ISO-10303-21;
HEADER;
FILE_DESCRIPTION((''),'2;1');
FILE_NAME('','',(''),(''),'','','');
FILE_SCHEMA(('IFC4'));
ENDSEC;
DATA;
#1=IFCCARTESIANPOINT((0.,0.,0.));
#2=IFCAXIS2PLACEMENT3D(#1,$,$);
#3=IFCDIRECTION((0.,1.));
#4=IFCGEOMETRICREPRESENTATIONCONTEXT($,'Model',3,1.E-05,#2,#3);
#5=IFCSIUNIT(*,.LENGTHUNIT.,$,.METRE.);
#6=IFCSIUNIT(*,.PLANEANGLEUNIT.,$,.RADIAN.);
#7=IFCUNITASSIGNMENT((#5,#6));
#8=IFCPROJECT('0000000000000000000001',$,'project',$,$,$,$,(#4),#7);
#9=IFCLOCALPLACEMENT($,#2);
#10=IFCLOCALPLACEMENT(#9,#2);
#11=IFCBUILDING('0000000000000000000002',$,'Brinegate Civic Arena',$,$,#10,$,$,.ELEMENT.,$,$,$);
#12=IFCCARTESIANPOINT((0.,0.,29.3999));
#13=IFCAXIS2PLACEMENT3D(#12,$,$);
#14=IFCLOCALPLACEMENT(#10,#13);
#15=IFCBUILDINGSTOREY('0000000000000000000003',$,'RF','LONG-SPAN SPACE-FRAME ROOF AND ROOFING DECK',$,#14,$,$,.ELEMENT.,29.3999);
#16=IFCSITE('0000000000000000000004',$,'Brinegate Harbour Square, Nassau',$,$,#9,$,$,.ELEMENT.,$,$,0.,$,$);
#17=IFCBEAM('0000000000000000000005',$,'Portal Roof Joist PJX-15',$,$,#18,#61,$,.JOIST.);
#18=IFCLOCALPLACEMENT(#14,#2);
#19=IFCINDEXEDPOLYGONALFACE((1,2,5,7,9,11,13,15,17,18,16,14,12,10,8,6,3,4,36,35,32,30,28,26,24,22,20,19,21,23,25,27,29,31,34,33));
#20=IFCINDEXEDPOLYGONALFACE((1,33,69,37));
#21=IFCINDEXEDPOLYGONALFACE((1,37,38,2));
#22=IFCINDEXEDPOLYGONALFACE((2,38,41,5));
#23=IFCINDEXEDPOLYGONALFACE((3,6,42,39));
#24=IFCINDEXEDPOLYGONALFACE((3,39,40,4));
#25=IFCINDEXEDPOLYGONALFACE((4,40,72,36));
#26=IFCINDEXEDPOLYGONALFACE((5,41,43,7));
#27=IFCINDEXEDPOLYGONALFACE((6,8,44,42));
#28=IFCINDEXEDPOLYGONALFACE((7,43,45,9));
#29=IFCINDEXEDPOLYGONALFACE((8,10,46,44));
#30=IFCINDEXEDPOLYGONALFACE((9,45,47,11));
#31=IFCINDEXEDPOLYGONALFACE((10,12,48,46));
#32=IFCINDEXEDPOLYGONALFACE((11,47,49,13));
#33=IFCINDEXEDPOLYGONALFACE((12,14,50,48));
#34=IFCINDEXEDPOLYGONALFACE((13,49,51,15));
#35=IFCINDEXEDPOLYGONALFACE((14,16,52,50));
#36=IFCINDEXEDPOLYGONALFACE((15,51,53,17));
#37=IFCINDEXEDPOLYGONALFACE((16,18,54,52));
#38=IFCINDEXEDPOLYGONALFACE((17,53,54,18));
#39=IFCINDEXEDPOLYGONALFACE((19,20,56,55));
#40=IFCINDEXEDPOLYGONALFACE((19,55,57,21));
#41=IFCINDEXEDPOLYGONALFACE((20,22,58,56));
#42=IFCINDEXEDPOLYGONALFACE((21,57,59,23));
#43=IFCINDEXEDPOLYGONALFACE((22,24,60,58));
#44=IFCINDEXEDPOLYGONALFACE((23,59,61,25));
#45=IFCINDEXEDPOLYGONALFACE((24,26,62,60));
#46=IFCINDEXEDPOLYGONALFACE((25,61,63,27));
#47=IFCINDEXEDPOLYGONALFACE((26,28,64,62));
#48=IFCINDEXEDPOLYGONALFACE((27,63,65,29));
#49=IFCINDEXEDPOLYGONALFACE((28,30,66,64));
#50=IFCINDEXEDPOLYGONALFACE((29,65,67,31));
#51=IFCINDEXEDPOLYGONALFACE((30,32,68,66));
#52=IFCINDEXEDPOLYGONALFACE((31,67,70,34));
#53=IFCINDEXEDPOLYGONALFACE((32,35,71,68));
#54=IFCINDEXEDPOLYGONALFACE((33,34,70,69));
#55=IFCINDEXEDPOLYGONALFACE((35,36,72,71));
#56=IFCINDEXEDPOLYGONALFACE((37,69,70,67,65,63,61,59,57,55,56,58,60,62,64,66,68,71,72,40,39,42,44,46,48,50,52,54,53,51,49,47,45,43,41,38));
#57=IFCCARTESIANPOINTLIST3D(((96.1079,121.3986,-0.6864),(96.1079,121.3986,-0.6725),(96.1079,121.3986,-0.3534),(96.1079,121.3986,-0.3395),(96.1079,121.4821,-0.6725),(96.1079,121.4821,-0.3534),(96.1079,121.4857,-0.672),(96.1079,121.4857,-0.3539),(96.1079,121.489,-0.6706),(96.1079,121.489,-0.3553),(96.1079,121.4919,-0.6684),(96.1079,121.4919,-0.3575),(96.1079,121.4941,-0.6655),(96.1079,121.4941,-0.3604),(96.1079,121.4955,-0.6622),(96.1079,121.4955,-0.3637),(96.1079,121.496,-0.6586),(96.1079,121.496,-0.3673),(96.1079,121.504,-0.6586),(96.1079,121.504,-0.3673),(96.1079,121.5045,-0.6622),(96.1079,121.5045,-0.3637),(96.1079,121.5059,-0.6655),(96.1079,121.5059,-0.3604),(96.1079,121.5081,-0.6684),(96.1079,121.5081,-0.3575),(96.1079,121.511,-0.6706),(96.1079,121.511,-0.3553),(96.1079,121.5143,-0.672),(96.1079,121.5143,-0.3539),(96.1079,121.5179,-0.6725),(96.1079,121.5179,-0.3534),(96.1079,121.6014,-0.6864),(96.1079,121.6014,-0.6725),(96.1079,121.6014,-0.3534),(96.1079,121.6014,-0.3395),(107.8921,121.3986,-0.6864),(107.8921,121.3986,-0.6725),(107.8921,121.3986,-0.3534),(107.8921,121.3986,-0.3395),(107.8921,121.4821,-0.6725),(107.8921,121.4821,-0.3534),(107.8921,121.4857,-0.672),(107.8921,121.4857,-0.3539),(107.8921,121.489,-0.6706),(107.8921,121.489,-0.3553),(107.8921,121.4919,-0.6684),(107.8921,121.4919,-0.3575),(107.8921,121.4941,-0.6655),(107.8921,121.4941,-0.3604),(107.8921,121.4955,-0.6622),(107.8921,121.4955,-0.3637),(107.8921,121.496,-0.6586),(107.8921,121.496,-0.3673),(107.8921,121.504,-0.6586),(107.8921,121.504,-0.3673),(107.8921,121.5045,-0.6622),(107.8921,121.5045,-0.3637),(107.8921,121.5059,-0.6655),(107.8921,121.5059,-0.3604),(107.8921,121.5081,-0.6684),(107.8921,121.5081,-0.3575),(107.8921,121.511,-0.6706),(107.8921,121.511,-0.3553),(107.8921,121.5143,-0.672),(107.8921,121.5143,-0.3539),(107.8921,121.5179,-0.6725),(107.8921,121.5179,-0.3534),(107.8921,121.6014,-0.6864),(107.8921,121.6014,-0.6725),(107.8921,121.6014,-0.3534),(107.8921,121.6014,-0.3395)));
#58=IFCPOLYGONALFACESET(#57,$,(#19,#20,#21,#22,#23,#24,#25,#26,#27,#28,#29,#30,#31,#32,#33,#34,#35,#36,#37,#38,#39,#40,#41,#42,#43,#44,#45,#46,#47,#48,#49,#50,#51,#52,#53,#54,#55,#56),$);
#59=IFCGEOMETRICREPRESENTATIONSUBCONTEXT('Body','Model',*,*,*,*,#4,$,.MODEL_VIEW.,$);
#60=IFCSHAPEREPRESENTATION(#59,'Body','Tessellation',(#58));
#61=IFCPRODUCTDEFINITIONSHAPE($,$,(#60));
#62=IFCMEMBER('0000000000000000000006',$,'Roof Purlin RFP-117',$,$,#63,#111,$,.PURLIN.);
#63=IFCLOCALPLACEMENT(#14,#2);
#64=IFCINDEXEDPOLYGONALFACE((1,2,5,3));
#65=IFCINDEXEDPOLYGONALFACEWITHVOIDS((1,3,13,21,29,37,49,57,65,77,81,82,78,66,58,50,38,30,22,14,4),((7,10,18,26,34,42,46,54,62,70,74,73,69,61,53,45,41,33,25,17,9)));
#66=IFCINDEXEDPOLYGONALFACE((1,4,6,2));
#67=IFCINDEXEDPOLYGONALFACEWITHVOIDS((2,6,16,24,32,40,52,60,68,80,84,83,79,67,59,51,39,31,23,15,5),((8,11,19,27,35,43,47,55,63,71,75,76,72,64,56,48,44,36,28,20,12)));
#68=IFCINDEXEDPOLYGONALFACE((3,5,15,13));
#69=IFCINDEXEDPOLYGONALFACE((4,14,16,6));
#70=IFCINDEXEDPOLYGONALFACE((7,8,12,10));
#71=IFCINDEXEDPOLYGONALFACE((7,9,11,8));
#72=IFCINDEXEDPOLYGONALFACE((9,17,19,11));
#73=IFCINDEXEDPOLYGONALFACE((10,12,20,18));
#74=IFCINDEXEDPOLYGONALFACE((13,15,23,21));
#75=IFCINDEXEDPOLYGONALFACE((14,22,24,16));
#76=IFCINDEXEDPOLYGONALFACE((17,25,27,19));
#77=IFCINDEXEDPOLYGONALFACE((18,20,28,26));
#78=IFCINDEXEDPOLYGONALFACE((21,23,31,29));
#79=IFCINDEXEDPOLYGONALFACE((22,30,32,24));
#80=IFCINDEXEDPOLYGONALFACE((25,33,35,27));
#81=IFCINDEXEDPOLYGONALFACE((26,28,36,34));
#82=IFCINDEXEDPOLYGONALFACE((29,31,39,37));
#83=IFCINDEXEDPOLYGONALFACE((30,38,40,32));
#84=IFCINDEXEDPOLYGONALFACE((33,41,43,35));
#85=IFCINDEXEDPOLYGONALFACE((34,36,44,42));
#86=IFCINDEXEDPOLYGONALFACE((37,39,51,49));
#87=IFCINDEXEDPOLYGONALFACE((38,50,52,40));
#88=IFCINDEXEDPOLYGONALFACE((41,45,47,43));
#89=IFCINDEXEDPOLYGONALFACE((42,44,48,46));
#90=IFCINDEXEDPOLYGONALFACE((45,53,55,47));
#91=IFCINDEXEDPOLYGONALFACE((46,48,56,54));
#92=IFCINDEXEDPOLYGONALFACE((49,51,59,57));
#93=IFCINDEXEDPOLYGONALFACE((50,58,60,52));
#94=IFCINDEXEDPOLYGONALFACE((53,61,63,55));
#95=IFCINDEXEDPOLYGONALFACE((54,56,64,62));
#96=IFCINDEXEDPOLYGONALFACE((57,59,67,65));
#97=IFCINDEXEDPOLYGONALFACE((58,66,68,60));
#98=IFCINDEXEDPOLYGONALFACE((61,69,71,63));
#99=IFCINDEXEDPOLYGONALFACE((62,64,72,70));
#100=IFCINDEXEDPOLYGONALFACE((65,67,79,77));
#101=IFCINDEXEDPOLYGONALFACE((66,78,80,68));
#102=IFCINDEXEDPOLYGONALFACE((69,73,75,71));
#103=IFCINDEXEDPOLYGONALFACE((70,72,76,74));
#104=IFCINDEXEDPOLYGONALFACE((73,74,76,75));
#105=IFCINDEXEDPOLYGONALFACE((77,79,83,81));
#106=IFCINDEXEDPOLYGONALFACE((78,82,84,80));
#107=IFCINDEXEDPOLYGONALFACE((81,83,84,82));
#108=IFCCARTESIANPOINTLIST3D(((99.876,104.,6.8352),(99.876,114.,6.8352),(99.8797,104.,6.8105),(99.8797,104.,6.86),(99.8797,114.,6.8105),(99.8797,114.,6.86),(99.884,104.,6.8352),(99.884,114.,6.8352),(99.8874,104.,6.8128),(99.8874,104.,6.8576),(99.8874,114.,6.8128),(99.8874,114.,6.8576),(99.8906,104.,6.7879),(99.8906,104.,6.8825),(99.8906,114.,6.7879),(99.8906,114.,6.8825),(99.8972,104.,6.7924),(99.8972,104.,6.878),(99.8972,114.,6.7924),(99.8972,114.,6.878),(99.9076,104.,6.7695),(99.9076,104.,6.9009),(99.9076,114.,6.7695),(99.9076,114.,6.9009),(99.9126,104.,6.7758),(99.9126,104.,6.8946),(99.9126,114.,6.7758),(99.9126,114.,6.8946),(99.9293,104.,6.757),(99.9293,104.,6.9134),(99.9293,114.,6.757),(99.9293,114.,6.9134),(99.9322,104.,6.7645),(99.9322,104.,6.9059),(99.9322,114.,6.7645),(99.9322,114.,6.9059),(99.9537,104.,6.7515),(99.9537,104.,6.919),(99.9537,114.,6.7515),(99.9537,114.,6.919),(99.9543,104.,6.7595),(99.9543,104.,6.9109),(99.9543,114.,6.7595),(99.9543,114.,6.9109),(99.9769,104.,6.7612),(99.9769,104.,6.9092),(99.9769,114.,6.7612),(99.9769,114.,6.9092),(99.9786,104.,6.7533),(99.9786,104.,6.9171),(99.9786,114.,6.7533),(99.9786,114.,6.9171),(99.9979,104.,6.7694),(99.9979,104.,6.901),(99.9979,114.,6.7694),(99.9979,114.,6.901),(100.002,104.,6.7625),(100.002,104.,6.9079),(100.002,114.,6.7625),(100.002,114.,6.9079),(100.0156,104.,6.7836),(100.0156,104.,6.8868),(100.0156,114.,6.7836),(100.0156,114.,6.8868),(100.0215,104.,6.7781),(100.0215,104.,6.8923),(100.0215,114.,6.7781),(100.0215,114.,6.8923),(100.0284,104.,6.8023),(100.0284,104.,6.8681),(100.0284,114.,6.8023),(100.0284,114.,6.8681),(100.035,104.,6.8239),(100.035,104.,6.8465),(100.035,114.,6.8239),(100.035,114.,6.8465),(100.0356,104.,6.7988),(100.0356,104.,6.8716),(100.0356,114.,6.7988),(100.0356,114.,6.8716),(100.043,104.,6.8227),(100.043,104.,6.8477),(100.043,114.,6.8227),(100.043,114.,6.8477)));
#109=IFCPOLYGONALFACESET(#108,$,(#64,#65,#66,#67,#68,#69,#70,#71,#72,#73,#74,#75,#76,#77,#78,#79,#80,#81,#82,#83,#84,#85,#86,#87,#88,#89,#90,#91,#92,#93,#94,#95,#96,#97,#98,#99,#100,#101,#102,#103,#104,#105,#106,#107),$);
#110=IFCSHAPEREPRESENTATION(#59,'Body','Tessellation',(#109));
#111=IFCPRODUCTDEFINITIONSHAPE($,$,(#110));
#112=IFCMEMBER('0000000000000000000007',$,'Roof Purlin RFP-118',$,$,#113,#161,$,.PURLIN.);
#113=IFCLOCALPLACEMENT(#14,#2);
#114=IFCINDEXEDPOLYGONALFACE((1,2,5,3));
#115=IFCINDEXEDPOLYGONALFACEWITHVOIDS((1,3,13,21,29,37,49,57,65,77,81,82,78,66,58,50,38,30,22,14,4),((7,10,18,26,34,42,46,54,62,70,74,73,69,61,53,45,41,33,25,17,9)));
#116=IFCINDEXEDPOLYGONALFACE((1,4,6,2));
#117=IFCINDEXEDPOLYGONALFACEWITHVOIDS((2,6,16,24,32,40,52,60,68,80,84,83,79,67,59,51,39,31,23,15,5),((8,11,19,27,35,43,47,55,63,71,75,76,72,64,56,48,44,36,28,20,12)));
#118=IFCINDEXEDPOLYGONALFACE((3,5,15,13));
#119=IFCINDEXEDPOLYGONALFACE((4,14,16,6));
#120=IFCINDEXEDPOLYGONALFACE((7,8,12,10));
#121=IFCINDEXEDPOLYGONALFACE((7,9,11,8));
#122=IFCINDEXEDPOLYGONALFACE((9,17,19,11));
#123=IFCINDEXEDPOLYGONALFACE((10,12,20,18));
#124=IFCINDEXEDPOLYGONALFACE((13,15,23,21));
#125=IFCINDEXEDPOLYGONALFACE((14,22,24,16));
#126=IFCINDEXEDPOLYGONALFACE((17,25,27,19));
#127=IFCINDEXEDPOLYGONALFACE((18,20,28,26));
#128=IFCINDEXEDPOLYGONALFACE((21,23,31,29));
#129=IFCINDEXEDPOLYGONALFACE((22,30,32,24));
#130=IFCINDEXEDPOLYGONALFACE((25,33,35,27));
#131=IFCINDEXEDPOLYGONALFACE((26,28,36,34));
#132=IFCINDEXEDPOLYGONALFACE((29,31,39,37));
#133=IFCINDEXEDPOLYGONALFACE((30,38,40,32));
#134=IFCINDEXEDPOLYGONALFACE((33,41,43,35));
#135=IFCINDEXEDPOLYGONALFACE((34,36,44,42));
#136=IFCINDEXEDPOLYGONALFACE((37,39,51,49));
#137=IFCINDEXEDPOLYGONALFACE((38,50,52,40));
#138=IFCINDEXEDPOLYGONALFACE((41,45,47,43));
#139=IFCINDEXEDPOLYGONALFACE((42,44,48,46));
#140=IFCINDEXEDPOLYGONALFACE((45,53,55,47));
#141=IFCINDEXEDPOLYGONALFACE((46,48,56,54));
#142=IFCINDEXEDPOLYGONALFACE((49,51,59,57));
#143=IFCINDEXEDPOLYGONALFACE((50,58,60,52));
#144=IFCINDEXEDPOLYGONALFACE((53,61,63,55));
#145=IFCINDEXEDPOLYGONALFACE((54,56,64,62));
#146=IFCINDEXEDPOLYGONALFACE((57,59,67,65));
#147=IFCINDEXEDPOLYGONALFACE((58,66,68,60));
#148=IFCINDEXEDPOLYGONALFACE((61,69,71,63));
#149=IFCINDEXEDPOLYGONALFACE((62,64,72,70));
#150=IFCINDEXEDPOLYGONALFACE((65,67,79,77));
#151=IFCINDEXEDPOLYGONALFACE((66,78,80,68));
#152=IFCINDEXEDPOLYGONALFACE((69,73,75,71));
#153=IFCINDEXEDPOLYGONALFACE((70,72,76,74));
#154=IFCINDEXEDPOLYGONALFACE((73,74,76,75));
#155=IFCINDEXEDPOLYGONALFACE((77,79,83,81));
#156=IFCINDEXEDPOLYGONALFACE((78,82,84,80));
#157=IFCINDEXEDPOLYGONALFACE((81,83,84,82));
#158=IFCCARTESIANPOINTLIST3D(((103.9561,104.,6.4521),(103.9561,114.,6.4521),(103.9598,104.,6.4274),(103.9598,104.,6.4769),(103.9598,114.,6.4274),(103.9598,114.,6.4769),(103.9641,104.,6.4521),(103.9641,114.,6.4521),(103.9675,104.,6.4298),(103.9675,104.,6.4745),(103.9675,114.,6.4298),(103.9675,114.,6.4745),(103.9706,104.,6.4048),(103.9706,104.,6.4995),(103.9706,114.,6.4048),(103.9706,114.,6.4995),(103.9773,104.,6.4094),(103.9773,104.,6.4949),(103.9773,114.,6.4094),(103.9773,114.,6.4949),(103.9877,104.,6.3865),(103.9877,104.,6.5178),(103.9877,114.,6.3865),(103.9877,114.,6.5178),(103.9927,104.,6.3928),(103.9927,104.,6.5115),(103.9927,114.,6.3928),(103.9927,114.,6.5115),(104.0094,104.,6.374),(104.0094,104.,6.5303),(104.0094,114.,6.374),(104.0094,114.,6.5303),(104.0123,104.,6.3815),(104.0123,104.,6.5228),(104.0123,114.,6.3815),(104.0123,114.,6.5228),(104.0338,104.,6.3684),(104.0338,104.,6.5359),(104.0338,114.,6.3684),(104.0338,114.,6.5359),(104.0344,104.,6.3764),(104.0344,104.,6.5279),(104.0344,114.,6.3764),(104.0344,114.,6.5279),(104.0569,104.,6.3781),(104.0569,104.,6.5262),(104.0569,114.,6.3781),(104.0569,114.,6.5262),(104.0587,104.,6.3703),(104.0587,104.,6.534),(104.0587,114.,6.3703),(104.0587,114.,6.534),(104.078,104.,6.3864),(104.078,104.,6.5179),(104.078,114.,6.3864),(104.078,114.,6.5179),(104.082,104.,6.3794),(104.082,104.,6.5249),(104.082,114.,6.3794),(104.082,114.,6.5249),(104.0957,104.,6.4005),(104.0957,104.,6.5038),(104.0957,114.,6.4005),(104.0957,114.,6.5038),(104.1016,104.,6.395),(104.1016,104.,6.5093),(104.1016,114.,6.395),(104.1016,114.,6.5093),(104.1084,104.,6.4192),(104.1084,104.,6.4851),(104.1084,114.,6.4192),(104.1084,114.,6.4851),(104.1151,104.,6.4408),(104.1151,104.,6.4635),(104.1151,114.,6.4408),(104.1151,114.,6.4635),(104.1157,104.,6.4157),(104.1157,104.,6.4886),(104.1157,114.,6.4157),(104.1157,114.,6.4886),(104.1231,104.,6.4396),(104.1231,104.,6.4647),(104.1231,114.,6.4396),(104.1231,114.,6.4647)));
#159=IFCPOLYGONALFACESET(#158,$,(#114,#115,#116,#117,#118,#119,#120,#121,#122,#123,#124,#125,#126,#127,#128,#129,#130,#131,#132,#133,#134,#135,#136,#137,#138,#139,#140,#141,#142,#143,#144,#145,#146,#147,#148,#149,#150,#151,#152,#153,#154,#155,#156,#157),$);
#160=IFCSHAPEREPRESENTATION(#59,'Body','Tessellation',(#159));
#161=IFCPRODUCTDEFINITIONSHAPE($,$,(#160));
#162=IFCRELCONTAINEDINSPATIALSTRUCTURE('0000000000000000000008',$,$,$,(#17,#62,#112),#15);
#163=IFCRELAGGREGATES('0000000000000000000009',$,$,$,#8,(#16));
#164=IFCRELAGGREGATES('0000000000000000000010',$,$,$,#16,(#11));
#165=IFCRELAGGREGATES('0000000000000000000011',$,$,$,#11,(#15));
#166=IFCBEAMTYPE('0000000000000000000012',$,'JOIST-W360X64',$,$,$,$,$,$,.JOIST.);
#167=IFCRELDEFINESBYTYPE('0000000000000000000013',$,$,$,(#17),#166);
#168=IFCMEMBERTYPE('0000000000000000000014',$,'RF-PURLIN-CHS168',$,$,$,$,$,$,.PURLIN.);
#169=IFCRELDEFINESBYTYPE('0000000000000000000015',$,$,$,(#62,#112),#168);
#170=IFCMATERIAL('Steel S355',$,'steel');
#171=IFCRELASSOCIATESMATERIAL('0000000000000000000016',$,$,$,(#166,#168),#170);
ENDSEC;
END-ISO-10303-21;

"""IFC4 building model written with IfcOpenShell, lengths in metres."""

from ifc_helpers import new_model, si_unit, direction, frame, origin, origin_2d, place, context, subcontext, project, spatial, hollow_circle, i_section, extrude, material, material_profile, profile_set, type_object, element, save


model = new_model("IFC4")

# Units and contexts
model_context = context("Model", 3, precision=1e-05, world=origin(), true_north=direction((0.0, 1.0)))
body_context = subcontext(model_context, "Body", "Model", "MODEL_VIEW")
ifc_project = project(units=[si_unit("LENGTHUNIT", "METRE"), si_unit("PLANEANGLEUNIT", "RADIAN")], contexts=[model_context])

# Site, building, storey
site_placement = place(None, origin())
site = spatial("IfcSite", under=ifc_project, at=site_placement, Name="Brinegate Harbour Square, Nassau", CompositionType="ELEMENT", RefElevation=0.0)
building_placement = place(site_placement, origin())
building = spatial("IfcBuilding", under=site, at=building_placement, Name="Brinegate Civic Arena", CompositionType="ELEMENT")
storey_placement = place(building_placement, frame((0.0, 0.0, 29.3999)))
storey = spatial("IfcBuildingStorey", under=building, at=storey_placement, Name="RF", Description="LONG-SPAN SPACE-FRAME ROOF AND ROOFING DECK", CompositionType="ELEMENT", Elevation=29.3999)

# Beam
ifc_material_1 = material(Name="Steel S355", Category="steel")
ifc_material_profile_1 = material_profile(ifc_material_1, i_section(OverallWidth=0.2029, OverallDepth=0.3469, WebThickness=0.0081, FlangeThickness=0.0139, FilletRadius=0.0139, at=origin_2d()), Name="W360X64")
ifc_profile_set_1 = profile_set([ifc_material_profile_1], Name="Steel S355")
beam_type_1 = type_object("IfcBeamType", Name="JOIST-W360X64", PredefinedType="JOIST", material=ifc_profile_set_1)
for number, where, z_axis, x_axis, name in (
    (1, (96.1079, 121.5, -0.5129), (1.0, 0.0, 0.0), (0.0, 1.0, 0.0), "Portal Roof Joist PJX-15"),
):
    element("IfcBeam", number, at=place(storey_placement, frame(where, z_axis=z_axis, x_axis=x_axis)), inside=storey, type_object=beam_type_1, Name=name, PredefinedType="JOIST", context=body_context, shape_type="SweptSolid", body=[
        extrude(i_section(OverallWidth=0.2029, OverallDepth=0.3469, WebThickness=0.0081, FlangeThickness=0.0139, FilletRadius=0.0139, at=origin_2d()), origin(), (0.0, 0.0, 1.0), 11.7842),
    ])

# Members
ifc_material_profile_2 = material_profile(ifc_material_1, hollow_circle(Radius=0.084, WallThickness=0.0081, at=origin_2d()), Name="CHS168X8")
ifc_profile_set_2 = profile_set([ifc_material_profile_2], Name="Steel S355")
member_type_1 = type_object("IfcMemberType", Name="RF-PURLIN-CHS168", PredefinedType="PURLIN", material=ifc_profile_set_2)
for number, where, z_axis, x_axis, name in (
    (2, (99.96, 104.0, 6.8352), (0.0, 1.0, 0.0), (-1.0, 0.0, 0.0), "Roof Purlin RFP-117"),
    (3, (104.04, 104.0, 6.4521), (0.0, 1.0, 0.0), (-1.0, 0.0, 0.0), "Roof Purlin RFP-118"),
):
    element("IfcMember", number, at=place(storey_placement, frame(where, z_axis=z_axis, x_axis=x_axis)), inside=storey, type_object=member_type_1, Name=name, PredefinedType="PURLIN", context=body_context, shape_type="SweptSolid", body=[
        extrude(hollow_circle(Radius=0.084, WallThickness=0.0081, at=origin_2d()), origin(), (0.0, 0.0, 1.0), 10.0),
    ])

save(model, "model.ifc")
